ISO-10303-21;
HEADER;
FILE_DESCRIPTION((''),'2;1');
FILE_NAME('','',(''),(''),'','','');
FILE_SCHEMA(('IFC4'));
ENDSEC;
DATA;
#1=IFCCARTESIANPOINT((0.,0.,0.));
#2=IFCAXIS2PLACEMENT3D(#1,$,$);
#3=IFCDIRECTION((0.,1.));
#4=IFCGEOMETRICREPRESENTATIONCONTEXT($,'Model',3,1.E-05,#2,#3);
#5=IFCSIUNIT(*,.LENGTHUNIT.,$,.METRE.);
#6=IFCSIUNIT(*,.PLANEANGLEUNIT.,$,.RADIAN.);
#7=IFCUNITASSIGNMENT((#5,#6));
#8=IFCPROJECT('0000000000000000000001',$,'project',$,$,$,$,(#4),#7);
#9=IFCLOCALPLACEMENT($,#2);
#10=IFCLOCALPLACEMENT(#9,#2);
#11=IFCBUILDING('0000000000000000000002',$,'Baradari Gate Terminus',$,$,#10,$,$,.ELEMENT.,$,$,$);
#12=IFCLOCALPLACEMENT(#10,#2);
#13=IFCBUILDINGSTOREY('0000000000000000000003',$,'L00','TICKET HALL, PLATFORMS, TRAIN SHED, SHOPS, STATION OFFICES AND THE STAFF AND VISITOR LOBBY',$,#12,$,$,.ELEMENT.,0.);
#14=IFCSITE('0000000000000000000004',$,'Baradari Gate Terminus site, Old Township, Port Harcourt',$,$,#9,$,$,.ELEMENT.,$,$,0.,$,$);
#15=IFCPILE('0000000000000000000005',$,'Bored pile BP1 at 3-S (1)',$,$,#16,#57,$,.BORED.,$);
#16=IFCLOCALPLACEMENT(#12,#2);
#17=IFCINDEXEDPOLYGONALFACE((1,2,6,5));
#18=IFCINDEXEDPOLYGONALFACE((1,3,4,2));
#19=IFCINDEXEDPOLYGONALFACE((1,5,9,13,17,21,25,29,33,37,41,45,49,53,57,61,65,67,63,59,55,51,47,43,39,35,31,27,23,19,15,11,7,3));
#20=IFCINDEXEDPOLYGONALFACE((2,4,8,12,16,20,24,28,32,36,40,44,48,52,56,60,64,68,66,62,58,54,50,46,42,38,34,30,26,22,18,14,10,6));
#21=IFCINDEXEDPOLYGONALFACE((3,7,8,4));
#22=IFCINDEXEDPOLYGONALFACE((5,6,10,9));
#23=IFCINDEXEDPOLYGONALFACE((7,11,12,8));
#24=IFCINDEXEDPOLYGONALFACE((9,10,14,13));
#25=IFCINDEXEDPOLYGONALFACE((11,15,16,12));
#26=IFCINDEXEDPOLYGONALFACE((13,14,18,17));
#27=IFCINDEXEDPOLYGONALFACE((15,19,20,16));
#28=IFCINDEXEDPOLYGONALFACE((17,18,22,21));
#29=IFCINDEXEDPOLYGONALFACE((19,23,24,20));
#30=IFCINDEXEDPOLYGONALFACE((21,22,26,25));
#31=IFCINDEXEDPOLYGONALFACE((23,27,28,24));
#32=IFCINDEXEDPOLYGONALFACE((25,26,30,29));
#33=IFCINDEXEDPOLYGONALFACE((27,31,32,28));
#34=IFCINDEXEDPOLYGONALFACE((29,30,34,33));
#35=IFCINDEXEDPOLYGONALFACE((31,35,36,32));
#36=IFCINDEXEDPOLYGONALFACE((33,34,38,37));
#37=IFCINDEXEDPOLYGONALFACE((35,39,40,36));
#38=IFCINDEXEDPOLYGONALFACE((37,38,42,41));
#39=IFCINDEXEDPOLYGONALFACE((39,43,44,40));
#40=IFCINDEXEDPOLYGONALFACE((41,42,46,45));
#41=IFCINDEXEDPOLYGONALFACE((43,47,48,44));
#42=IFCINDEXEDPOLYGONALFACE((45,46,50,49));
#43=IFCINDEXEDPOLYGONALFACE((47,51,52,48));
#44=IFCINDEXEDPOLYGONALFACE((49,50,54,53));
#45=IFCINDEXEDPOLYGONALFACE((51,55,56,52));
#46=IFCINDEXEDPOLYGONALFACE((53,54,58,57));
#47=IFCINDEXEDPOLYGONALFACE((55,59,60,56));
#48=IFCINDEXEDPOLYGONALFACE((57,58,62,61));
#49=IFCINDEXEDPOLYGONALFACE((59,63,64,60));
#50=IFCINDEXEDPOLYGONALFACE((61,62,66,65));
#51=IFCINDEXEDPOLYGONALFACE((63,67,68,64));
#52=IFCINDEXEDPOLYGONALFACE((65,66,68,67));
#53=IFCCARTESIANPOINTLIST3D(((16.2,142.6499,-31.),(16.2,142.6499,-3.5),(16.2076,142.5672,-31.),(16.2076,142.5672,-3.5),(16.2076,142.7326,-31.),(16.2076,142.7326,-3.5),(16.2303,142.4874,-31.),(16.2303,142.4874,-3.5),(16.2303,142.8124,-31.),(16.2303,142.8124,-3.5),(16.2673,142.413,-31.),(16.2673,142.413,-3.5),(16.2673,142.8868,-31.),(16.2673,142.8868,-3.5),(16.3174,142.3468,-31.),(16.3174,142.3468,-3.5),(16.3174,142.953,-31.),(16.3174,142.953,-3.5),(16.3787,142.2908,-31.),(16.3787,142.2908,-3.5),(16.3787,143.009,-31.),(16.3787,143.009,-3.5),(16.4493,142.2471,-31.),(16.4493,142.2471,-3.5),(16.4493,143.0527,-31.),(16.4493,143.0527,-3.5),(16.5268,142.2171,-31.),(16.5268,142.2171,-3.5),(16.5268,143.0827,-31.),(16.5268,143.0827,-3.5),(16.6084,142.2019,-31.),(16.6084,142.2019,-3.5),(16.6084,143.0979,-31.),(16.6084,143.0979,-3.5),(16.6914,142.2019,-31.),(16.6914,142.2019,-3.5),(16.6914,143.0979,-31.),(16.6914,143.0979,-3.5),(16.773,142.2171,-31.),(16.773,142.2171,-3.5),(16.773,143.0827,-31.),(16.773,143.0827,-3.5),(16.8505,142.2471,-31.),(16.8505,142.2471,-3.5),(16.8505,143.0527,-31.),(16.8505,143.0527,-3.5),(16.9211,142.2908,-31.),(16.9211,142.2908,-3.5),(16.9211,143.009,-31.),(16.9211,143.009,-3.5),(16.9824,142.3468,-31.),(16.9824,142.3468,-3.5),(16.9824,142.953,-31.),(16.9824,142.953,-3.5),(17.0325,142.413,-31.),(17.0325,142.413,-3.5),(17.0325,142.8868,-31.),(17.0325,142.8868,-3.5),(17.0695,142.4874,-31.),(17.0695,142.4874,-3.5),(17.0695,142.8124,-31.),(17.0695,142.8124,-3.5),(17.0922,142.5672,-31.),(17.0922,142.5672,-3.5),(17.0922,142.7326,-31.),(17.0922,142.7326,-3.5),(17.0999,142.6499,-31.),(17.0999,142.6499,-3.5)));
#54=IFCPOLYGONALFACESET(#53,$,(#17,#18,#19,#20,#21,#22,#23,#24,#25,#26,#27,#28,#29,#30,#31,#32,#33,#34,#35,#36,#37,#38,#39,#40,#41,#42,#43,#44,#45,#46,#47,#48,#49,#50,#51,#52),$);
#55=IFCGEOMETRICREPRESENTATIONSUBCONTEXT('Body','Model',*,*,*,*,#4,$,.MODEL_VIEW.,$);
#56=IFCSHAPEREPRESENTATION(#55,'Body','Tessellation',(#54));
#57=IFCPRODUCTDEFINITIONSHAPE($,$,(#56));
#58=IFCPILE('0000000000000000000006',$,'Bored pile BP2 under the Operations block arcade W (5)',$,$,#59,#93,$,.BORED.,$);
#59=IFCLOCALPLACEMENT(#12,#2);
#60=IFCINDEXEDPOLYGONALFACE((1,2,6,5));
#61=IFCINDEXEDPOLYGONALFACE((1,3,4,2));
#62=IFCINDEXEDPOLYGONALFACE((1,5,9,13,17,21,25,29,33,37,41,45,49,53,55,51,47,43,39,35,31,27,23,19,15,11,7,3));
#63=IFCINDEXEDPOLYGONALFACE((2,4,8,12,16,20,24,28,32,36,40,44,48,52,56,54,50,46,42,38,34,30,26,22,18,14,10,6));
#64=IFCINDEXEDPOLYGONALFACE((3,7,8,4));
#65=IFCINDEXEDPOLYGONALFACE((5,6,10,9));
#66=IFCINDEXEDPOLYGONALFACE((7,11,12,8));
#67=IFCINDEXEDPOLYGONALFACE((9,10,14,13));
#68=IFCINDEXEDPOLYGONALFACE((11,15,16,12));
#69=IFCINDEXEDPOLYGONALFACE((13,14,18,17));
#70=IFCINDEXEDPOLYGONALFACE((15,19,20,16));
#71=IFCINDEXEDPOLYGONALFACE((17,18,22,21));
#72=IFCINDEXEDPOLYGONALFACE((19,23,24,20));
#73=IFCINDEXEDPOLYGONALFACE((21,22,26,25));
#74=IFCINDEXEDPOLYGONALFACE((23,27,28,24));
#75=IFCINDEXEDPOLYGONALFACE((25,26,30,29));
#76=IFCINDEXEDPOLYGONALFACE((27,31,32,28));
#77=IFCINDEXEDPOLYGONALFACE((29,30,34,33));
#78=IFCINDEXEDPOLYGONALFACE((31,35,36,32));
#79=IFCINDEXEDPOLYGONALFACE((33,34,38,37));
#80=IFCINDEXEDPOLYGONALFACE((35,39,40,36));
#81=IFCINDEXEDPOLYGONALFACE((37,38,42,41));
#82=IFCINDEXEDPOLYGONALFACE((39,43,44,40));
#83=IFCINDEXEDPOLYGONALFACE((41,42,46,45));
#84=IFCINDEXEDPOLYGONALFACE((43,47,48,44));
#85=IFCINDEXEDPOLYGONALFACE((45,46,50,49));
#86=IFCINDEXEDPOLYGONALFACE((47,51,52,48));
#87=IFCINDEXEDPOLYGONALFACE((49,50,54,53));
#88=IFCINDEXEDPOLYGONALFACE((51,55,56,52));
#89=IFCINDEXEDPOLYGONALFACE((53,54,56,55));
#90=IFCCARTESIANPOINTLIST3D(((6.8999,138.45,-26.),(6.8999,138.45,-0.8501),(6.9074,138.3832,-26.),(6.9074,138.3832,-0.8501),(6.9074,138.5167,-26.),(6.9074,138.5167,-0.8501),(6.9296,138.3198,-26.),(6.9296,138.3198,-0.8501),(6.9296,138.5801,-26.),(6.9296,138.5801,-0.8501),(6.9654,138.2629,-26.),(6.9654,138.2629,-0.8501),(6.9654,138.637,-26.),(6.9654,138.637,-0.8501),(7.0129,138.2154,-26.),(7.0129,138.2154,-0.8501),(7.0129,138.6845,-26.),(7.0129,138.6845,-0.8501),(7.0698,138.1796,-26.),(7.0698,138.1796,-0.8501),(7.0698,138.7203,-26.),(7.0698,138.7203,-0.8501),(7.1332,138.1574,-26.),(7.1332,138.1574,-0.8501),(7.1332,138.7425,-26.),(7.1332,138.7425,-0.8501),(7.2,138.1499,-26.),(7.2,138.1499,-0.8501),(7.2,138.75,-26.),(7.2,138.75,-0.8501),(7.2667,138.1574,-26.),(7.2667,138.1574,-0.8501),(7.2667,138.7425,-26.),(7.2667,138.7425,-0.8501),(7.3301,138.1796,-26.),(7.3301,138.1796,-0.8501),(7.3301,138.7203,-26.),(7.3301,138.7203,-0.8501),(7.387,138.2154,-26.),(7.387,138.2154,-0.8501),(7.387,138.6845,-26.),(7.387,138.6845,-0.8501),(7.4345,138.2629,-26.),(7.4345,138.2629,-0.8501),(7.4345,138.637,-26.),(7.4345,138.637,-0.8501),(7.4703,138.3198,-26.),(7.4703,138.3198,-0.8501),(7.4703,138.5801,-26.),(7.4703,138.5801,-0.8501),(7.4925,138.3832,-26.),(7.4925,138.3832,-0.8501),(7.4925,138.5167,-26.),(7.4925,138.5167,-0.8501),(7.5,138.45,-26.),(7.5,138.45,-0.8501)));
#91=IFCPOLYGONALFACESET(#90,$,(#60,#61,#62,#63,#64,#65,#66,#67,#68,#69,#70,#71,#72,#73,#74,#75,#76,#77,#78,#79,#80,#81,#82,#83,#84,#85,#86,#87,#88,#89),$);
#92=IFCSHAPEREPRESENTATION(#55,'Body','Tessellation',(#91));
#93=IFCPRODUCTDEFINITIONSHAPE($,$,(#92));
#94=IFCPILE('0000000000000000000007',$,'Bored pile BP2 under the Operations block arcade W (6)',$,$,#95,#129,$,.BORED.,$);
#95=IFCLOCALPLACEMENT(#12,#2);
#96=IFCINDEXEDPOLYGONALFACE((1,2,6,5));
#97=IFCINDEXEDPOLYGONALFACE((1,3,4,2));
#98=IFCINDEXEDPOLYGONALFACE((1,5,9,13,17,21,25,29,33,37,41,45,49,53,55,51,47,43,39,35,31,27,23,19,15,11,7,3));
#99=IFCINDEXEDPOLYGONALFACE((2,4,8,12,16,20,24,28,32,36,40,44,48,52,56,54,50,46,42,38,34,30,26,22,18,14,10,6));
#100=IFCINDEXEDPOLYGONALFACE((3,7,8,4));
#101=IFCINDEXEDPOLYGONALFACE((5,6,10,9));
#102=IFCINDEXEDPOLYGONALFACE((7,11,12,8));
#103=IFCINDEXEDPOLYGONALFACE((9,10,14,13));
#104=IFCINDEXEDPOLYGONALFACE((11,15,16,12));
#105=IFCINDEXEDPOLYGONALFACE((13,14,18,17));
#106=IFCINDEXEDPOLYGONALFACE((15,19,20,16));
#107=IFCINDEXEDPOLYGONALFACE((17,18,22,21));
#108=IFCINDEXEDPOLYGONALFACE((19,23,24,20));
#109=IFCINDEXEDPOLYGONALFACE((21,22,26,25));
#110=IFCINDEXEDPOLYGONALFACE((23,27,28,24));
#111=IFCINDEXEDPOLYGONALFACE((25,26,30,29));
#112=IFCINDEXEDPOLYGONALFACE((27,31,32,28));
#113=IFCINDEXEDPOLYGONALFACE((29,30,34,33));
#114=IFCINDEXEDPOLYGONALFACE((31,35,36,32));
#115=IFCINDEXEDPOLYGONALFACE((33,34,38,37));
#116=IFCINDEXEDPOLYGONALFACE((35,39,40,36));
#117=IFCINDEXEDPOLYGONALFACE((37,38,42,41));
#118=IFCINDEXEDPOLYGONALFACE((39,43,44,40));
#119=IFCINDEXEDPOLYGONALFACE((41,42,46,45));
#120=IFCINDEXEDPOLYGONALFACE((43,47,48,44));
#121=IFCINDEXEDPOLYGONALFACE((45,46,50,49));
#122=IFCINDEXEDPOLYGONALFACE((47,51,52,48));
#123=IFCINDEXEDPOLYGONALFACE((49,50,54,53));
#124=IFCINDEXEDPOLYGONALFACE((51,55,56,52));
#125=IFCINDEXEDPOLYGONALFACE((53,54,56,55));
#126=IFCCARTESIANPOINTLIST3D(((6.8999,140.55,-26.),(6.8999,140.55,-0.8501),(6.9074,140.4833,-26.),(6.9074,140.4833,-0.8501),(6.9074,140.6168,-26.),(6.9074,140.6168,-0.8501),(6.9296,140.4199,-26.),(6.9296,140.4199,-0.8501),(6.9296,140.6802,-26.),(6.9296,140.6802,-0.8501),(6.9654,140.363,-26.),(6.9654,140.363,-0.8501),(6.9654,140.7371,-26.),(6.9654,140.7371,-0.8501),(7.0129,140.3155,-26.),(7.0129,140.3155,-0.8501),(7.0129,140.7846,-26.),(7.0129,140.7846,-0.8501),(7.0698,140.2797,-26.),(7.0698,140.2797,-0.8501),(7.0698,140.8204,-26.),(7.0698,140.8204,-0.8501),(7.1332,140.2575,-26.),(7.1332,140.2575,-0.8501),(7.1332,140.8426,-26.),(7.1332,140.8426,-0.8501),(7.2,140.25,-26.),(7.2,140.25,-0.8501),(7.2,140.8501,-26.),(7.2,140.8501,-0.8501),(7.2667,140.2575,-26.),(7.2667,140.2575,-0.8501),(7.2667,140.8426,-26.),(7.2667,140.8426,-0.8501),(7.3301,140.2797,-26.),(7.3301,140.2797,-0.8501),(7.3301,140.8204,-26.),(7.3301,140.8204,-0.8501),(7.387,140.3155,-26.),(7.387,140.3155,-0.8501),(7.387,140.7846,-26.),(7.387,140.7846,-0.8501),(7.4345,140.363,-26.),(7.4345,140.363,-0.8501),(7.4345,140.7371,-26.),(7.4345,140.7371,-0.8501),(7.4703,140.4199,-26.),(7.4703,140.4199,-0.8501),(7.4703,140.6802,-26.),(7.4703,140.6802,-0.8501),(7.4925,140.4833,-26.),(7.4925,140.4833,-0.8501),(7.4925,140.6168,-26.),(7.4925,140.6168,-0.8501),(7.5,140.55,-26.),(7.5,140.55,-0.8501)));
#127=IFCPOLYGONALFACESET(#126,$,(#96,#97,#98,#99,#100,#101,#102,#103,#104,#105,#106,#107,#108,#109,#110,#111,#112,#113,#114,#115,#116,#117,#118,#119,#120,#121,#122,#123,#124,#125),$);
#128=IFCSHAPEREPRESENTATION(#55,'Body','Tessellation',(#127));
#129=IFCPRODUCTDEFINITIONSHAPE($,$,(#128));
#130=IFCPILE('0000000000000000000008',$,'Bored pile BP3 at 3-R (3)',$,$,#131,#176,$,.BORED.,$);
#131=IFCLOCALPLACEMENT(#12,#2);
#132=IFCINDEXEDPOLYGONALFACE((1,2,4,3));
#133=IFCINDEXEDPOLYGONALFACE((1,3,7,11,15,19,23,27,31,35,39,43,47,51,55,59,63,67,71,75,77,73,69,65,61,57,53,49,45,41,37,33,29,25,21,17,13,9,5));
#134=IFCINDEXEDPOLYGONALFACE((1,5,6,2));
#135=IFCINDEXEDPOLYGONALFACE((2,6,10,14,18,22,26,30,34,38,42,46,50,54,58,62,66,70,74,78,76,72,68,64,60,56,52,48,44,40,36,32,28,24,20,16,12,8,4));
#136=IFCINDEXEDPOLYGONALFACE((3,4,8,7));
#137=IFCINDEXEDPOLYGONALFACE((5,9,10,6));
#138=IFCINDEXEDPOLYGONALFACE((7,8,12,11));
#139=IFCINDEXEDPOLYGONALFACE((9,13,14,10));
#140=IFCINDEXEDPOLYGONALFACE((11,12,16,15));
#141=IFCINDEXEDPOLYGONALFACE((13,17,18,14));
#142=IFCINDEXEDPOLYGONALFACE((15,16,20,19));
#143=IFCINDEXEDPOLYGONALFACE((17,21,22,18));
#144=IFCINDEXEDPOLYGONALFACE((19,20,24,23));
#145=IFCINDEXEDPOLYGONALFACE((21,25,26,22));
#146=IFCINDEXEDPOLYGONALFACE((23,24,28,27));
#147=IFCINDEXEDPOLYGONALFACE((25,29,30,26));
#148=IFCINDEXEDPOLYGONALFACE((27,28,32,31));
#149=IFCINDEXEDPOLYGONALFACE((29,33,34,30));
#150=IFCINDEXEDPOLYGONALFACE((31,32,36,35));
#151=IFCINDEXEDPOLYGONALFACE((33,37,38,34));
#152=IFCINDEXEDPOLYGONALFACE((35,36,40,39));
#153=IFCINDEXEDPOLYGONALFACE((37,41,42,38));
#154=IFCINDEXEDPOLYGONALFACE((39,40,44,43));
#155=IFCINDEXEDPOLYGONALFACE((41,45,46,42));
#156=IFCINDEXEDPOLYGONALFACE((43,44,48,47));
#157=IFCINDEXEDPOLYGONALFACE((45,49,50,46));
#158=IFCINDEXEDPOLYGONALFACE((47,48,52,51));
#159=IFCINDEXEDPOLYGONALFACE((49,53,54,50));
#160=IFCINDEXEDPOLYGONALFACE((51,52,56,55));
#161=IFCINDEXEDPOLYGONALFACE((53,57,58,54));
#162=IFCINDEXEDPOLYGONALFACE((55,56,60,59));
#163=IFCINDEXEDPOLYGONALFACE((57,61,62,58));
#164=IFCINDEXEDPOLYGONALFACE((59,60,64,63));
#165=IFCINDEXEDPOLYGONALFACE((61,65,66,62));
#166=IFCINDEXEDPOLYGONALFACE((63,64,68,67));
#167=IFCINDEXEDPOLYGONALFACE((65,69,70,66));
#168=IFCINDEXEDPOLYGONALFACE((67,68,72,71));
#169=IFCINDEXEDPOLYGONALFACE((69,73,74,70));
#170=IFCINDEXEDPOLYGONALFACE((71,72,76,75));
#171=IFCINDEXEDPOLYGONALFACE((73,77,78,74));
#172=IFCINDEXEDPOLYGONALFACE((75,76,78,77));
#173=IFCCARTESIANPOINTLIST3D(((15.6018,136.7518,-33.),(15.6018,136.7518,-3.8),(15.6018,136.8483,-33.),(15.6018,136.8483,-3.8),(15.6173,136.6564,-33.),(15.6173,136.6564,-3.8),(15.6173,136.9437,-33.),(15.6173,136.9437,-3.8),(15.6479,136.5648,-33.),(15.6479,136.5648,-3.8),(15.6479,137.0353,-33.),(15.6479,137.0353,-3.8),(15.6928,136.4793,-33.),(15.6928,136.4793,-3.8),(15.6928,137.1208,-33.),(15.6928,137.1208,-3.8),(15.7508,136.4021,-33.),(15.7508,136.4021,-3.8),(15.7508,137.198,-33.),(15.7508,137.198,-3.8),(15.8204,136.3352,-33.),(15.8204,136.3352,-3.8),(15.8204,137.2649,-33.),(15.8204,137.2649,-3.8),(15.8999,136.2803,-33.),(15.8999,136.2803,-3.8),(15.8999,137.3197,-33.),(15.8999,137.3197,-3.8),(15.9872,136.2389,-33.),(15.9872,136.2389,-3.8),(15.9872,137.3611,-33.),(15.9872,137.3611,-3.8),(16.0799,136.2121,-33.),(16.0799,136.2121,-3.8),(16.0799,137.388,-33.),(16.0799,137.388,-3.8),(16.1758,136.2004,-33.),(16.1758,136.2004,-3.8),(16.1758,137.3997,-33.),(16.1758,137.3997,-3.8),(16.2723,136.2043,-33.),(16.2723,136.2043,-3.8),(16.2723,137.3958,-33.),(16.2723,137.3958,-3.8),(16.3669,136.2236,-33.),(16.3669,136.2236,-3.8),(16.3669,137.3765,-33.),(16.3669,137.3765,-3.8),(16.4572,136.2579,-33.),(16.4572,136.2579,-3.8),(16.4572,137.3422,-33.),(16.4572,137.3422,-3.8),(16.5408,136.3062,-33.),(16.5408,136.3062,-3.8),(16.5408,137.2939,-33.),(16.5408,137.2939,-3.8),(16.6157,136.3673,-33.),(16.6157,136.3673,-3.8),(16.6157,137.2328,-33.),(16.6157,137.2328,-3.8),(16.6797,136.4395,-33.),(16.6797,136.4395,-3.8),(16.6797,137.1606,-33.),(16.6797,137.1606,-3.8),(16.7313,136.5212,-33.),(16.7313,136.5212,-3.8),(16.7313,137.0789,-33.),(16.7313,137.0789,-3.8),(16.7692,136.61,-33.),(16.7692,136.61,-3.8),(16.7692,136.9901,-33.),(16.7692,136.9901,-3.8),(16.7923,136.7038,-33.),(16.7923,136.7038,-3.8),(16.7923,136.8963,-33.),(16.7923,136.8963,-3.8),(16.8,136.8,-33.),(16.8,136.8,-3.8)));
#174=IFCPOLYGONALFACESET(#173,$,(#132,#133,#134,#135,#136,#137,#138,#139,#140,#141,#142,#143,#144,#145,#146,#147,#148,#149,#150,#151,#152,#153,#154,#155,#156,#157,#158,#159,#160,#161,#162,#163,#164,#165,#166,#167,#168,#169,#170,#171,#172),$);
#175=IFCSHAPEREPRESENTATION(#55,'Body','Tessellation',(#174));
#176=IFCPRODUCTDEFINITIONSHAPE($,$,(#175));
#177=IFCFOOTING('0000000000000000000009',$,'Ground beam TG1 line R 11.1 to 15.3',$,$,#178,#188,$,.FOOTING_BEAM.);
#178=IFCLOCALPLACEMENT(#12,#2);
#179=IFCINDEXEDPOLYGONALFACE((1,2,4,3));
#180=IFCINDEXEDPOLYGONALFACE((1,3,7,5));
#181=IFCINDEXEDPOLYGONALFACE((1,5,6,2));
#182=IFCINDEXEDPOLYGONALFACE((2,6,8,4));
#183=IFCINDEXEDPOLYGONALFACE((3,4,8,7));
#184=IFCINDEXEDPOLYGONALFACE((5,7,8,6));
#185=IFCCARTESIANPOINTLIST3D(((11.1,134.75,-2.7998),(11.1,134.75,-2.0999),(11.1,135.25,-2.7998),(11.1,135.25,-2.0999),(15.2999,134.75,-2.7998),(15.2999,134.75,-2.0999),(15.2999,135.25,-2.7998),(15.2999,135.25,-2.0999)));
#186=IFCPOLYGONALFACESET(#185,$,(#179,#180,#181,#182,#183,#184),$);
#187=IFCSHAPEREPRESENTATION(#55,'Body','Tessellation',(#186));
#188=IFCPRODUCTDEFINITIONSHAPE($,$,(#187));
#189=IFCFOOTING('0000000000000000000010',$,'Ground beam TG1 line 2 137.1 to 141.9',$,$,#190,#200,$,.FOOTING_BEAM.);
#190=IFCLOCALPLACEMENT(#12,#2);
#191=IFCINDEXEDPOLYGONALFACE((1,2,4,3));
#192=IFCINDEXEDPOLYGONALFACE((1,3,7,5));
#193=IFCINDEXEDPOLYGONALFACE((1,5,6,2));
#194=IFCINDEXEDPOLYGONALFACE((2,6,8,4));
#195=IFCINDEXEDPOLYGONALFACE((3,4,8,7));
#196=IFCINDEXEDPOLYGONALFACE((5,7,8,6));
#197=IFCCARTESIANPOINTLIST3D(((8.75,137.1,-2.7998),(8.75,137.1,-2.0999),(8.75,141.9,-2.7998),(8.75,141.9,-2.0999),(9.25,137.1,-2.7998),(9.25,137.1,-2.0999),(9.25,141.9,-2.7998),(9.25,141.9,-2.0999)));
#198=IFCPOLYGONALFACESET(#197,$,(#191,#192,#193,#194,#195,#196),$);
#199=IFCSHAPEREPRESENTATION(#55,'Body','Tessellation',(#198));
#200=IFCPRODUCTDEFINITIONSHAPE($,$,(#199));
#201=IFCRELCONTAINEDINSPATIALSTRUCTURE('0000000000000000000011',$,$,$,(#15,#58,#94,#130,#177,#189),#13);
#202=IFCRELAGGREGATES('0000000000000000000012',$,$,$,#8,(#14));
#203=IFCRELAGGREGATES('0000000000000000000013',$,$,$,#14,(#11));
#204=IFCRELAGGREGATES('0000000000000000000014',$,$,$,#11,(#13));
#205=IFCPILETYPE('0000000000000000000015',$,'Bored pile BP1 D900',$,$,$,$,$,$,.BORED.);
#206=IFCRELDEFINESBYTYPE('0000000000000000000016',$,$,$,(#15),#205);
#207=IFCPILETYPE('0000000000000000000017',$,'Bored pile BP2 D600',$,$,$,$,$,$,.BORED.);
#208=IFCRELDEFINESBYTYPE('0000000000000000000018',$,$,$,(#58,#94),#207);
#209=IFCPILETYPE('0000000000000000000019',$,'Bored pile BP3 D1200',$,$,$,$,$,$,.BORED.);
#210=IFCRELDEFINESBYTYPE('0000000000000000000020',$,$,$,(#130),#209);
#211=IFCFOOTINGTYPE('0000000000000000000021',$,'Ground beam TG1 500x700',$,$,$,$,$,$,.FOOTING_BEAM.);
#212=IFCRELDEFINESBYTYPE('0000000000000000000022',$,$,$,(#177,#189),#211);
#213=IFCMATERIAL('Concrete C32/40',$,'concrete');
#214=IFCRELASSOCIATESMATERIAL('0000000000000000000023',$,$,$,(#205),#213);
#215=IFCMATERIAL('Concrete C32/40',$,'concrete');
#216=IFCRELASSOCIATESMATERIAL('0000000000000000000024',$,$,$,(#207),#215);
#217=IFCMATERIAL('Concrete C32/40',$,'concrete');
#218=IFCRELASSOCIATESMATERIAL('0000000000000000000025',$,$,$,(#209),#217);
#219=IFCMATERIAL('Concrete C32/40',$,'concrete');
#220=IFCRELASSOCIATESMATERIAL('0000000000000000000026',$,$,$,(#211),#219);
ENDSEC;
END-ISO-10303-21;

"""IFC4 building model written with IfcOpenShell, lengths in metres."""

from ifc_helpers import new_model, si_unit, direction, frame, origin, origin_2d, place, context, subcontext, project, spatial, rectangle, circle, extrude, material, type_object, element, save


model = new_model("IFC4")

# Units and contexts
model_context = context("Model", 3, precision=1e-05, world=origin(), true_north=direction((0.0, 1.0)))
body_context = subcontext(model_context, "Body", "Model", "MODEL_VIEW")
ifc_project = project(units=[si_unit("LENGTHUNIT", "METRE"), si_unit("PLANEANGLEUNIT", "RADIAN")], contexts=[model_context])

# Site, building, storey
site_placement = place(None, origin())
site = spatial("IfcSite", under=ifc_project, at=site_placement, Name="Baradari Gate Terminus site, Old Township, Port Harcourt", CompositionType="ELEMENT", RefElevation=0.0)
building_placement = place(site_placement, origin())
building = spatial("IfcBuilding", under=site, at=building_placement, Name="Baradari Gate Terminus", CompositionType="ELEMENT")
storey_placement = place(building_placement, origin())
storey = spatial("IfcBuildingStorey", under=building, at=storey_placement, Name="L00", Description="TICKET HALL, PLATFORMS, TRAIN SHED, SHOPS, STATION OFFICES AND THE STAFF AND VISITOR LOBBY", CompositionType="ELEMENT", Elevation=0.0)

# Piles
ifc_material_1 = material(Name="Concrete C32/40", Category="concrete")
pile_type_1 = type_object("IfcPileType", Name="Bored pile BP1 D900", PredefinedType="BORED", material=ifc_material_1)
for number, where, z_axis, x_axis, name in (
    (1, (16.6499, 142.6499, -3.5), (0.0, 0.0, -1.0), (1.0, 0.0, 0.0), "Bored pile BP1 at 3-S (1)"),
):
    element("IfcPile", number, at=place(storey_placement, frame(where, z_axis=z_axis, x_axis=x_axis)), inside=storey, type_object=pile_type_1, Name=name, PredefinedType="BORED", context=body_context, shape_type="SweptSolid", body=[
        extrude(circle(Radius=0.45, at=origin_2d()), origin(), (0.0, 0.0, 1.0), 27.5),
    ])
ifc_material_2 = material(Name="Concrete C32/40", Category="concrete")
pile_type_2 = type_object("IfcPileType", Name="Bored pile BP2 D600", PredefinedType="BORED", material=ifc_material_2)
for number, where, z_axis, x_axis, name in (
    (2, (7.2, 138.45, -0.8501), (0.0, 0.0, -1.0), (1.0, 0.0, 0.0), "Bored pile BP2 under the Operations block arcade W (5)"),
    (3, (7.2, 140.55, -0.8501), (0.0, 0.0, -1.0), (1.0, 0.0, 0.0), "Bored pile BP2 under the Operations block arcade W (6)"),
):
    element("IfcPile", number, at=place(storey_placement, frame(where, z_axis=z_axis, x_axis=x_axis)), inside=storey, type_object=pile_type_2, Name=name, PredefinedType="BORED", context=body_context, shape_type="SweptSolid", body=[
        extrude(circle(Radius=0.3, at=origin_2d()), origin(), (0.0, 0.0, 1.0), 25.1499),
    ])
ifc_material_3 = material(Name="Concrete C32/40", Category="concrete")
pile_type_3 = type_object("IfcPileType", Name="Bored pile BP3 D1200", PredefinedType="BORED", material=ifc_material_3)
pile_placement = place(storey_placement, frame((16.2, 136.8, -3.8), z_axis=(0.0, 0.0, -1.0), x_axis=(1.0, 0.0, 0.0)))
element("IfcPile", 4, at=pile_placement, inside=storey, type_object=pile_type_3, Name="Bored pile BP3 at 3-R (3)", PredefinedType="BORED", context=body_context, shape_type="SweptSolid", body=[
    extrude(circle(Radius=0.6001, at=origin_2d()), origin(), (0.0, 0.0, 1.0), 29.2),
])

# Footings
ifc_material_4 = material(Name="Concrete C32/40", Category="concrete")
footing_type_1 = type_object("IfcFootingType", Name="Ground beam TG1 500x700", PredefinedType="FOOTING_BEAM", material=ifc_material_4)
footing_1_placement = place(storey_placement, frame((13.2, 135.0, -2.7998), z_axis=(0.0, 0.0, 1.0), x_axis=(1.0, 0.0, 0.0)))
element("IfcFooting", 5, at=footing_1_placement, inside=storey, type_object=footing_type_1, Name="Ground beam TG1 line R 11.1 to 15.3", PredefinedType="FOOTING_BEAM", context=body_context, shape_type="SweptSolid", body=[
    extrude(rectangle(XDim=4.2, YDim=0.5, at=origin_2d()), origin(), (0.0, 0.0, 1.0), 0.7),
])
footing_2_placement = place(storey_placement, frame((9.0, 139.5, -2.7998), z_axis=(0.0, 0.0, 1.0), x_axis=(1.0, 0.0, 0.0)))
element("IfcFooting", 6, at=footing_2_placement, inside=storey, type_object=footing_type_1, Name="Ground beam TG1 line 2 137.1 to 141.9", PredefinedType="FOOTING_BEAM", context=body_context, shape_type="SweptSolid", body=[
    extrude(rectangle(XDim=0.5, YDim=4.8, at=origin_2d()), origin(), (0.0, 0.0, 1.0), 0.7),
])

save(model, "model.ifc")
